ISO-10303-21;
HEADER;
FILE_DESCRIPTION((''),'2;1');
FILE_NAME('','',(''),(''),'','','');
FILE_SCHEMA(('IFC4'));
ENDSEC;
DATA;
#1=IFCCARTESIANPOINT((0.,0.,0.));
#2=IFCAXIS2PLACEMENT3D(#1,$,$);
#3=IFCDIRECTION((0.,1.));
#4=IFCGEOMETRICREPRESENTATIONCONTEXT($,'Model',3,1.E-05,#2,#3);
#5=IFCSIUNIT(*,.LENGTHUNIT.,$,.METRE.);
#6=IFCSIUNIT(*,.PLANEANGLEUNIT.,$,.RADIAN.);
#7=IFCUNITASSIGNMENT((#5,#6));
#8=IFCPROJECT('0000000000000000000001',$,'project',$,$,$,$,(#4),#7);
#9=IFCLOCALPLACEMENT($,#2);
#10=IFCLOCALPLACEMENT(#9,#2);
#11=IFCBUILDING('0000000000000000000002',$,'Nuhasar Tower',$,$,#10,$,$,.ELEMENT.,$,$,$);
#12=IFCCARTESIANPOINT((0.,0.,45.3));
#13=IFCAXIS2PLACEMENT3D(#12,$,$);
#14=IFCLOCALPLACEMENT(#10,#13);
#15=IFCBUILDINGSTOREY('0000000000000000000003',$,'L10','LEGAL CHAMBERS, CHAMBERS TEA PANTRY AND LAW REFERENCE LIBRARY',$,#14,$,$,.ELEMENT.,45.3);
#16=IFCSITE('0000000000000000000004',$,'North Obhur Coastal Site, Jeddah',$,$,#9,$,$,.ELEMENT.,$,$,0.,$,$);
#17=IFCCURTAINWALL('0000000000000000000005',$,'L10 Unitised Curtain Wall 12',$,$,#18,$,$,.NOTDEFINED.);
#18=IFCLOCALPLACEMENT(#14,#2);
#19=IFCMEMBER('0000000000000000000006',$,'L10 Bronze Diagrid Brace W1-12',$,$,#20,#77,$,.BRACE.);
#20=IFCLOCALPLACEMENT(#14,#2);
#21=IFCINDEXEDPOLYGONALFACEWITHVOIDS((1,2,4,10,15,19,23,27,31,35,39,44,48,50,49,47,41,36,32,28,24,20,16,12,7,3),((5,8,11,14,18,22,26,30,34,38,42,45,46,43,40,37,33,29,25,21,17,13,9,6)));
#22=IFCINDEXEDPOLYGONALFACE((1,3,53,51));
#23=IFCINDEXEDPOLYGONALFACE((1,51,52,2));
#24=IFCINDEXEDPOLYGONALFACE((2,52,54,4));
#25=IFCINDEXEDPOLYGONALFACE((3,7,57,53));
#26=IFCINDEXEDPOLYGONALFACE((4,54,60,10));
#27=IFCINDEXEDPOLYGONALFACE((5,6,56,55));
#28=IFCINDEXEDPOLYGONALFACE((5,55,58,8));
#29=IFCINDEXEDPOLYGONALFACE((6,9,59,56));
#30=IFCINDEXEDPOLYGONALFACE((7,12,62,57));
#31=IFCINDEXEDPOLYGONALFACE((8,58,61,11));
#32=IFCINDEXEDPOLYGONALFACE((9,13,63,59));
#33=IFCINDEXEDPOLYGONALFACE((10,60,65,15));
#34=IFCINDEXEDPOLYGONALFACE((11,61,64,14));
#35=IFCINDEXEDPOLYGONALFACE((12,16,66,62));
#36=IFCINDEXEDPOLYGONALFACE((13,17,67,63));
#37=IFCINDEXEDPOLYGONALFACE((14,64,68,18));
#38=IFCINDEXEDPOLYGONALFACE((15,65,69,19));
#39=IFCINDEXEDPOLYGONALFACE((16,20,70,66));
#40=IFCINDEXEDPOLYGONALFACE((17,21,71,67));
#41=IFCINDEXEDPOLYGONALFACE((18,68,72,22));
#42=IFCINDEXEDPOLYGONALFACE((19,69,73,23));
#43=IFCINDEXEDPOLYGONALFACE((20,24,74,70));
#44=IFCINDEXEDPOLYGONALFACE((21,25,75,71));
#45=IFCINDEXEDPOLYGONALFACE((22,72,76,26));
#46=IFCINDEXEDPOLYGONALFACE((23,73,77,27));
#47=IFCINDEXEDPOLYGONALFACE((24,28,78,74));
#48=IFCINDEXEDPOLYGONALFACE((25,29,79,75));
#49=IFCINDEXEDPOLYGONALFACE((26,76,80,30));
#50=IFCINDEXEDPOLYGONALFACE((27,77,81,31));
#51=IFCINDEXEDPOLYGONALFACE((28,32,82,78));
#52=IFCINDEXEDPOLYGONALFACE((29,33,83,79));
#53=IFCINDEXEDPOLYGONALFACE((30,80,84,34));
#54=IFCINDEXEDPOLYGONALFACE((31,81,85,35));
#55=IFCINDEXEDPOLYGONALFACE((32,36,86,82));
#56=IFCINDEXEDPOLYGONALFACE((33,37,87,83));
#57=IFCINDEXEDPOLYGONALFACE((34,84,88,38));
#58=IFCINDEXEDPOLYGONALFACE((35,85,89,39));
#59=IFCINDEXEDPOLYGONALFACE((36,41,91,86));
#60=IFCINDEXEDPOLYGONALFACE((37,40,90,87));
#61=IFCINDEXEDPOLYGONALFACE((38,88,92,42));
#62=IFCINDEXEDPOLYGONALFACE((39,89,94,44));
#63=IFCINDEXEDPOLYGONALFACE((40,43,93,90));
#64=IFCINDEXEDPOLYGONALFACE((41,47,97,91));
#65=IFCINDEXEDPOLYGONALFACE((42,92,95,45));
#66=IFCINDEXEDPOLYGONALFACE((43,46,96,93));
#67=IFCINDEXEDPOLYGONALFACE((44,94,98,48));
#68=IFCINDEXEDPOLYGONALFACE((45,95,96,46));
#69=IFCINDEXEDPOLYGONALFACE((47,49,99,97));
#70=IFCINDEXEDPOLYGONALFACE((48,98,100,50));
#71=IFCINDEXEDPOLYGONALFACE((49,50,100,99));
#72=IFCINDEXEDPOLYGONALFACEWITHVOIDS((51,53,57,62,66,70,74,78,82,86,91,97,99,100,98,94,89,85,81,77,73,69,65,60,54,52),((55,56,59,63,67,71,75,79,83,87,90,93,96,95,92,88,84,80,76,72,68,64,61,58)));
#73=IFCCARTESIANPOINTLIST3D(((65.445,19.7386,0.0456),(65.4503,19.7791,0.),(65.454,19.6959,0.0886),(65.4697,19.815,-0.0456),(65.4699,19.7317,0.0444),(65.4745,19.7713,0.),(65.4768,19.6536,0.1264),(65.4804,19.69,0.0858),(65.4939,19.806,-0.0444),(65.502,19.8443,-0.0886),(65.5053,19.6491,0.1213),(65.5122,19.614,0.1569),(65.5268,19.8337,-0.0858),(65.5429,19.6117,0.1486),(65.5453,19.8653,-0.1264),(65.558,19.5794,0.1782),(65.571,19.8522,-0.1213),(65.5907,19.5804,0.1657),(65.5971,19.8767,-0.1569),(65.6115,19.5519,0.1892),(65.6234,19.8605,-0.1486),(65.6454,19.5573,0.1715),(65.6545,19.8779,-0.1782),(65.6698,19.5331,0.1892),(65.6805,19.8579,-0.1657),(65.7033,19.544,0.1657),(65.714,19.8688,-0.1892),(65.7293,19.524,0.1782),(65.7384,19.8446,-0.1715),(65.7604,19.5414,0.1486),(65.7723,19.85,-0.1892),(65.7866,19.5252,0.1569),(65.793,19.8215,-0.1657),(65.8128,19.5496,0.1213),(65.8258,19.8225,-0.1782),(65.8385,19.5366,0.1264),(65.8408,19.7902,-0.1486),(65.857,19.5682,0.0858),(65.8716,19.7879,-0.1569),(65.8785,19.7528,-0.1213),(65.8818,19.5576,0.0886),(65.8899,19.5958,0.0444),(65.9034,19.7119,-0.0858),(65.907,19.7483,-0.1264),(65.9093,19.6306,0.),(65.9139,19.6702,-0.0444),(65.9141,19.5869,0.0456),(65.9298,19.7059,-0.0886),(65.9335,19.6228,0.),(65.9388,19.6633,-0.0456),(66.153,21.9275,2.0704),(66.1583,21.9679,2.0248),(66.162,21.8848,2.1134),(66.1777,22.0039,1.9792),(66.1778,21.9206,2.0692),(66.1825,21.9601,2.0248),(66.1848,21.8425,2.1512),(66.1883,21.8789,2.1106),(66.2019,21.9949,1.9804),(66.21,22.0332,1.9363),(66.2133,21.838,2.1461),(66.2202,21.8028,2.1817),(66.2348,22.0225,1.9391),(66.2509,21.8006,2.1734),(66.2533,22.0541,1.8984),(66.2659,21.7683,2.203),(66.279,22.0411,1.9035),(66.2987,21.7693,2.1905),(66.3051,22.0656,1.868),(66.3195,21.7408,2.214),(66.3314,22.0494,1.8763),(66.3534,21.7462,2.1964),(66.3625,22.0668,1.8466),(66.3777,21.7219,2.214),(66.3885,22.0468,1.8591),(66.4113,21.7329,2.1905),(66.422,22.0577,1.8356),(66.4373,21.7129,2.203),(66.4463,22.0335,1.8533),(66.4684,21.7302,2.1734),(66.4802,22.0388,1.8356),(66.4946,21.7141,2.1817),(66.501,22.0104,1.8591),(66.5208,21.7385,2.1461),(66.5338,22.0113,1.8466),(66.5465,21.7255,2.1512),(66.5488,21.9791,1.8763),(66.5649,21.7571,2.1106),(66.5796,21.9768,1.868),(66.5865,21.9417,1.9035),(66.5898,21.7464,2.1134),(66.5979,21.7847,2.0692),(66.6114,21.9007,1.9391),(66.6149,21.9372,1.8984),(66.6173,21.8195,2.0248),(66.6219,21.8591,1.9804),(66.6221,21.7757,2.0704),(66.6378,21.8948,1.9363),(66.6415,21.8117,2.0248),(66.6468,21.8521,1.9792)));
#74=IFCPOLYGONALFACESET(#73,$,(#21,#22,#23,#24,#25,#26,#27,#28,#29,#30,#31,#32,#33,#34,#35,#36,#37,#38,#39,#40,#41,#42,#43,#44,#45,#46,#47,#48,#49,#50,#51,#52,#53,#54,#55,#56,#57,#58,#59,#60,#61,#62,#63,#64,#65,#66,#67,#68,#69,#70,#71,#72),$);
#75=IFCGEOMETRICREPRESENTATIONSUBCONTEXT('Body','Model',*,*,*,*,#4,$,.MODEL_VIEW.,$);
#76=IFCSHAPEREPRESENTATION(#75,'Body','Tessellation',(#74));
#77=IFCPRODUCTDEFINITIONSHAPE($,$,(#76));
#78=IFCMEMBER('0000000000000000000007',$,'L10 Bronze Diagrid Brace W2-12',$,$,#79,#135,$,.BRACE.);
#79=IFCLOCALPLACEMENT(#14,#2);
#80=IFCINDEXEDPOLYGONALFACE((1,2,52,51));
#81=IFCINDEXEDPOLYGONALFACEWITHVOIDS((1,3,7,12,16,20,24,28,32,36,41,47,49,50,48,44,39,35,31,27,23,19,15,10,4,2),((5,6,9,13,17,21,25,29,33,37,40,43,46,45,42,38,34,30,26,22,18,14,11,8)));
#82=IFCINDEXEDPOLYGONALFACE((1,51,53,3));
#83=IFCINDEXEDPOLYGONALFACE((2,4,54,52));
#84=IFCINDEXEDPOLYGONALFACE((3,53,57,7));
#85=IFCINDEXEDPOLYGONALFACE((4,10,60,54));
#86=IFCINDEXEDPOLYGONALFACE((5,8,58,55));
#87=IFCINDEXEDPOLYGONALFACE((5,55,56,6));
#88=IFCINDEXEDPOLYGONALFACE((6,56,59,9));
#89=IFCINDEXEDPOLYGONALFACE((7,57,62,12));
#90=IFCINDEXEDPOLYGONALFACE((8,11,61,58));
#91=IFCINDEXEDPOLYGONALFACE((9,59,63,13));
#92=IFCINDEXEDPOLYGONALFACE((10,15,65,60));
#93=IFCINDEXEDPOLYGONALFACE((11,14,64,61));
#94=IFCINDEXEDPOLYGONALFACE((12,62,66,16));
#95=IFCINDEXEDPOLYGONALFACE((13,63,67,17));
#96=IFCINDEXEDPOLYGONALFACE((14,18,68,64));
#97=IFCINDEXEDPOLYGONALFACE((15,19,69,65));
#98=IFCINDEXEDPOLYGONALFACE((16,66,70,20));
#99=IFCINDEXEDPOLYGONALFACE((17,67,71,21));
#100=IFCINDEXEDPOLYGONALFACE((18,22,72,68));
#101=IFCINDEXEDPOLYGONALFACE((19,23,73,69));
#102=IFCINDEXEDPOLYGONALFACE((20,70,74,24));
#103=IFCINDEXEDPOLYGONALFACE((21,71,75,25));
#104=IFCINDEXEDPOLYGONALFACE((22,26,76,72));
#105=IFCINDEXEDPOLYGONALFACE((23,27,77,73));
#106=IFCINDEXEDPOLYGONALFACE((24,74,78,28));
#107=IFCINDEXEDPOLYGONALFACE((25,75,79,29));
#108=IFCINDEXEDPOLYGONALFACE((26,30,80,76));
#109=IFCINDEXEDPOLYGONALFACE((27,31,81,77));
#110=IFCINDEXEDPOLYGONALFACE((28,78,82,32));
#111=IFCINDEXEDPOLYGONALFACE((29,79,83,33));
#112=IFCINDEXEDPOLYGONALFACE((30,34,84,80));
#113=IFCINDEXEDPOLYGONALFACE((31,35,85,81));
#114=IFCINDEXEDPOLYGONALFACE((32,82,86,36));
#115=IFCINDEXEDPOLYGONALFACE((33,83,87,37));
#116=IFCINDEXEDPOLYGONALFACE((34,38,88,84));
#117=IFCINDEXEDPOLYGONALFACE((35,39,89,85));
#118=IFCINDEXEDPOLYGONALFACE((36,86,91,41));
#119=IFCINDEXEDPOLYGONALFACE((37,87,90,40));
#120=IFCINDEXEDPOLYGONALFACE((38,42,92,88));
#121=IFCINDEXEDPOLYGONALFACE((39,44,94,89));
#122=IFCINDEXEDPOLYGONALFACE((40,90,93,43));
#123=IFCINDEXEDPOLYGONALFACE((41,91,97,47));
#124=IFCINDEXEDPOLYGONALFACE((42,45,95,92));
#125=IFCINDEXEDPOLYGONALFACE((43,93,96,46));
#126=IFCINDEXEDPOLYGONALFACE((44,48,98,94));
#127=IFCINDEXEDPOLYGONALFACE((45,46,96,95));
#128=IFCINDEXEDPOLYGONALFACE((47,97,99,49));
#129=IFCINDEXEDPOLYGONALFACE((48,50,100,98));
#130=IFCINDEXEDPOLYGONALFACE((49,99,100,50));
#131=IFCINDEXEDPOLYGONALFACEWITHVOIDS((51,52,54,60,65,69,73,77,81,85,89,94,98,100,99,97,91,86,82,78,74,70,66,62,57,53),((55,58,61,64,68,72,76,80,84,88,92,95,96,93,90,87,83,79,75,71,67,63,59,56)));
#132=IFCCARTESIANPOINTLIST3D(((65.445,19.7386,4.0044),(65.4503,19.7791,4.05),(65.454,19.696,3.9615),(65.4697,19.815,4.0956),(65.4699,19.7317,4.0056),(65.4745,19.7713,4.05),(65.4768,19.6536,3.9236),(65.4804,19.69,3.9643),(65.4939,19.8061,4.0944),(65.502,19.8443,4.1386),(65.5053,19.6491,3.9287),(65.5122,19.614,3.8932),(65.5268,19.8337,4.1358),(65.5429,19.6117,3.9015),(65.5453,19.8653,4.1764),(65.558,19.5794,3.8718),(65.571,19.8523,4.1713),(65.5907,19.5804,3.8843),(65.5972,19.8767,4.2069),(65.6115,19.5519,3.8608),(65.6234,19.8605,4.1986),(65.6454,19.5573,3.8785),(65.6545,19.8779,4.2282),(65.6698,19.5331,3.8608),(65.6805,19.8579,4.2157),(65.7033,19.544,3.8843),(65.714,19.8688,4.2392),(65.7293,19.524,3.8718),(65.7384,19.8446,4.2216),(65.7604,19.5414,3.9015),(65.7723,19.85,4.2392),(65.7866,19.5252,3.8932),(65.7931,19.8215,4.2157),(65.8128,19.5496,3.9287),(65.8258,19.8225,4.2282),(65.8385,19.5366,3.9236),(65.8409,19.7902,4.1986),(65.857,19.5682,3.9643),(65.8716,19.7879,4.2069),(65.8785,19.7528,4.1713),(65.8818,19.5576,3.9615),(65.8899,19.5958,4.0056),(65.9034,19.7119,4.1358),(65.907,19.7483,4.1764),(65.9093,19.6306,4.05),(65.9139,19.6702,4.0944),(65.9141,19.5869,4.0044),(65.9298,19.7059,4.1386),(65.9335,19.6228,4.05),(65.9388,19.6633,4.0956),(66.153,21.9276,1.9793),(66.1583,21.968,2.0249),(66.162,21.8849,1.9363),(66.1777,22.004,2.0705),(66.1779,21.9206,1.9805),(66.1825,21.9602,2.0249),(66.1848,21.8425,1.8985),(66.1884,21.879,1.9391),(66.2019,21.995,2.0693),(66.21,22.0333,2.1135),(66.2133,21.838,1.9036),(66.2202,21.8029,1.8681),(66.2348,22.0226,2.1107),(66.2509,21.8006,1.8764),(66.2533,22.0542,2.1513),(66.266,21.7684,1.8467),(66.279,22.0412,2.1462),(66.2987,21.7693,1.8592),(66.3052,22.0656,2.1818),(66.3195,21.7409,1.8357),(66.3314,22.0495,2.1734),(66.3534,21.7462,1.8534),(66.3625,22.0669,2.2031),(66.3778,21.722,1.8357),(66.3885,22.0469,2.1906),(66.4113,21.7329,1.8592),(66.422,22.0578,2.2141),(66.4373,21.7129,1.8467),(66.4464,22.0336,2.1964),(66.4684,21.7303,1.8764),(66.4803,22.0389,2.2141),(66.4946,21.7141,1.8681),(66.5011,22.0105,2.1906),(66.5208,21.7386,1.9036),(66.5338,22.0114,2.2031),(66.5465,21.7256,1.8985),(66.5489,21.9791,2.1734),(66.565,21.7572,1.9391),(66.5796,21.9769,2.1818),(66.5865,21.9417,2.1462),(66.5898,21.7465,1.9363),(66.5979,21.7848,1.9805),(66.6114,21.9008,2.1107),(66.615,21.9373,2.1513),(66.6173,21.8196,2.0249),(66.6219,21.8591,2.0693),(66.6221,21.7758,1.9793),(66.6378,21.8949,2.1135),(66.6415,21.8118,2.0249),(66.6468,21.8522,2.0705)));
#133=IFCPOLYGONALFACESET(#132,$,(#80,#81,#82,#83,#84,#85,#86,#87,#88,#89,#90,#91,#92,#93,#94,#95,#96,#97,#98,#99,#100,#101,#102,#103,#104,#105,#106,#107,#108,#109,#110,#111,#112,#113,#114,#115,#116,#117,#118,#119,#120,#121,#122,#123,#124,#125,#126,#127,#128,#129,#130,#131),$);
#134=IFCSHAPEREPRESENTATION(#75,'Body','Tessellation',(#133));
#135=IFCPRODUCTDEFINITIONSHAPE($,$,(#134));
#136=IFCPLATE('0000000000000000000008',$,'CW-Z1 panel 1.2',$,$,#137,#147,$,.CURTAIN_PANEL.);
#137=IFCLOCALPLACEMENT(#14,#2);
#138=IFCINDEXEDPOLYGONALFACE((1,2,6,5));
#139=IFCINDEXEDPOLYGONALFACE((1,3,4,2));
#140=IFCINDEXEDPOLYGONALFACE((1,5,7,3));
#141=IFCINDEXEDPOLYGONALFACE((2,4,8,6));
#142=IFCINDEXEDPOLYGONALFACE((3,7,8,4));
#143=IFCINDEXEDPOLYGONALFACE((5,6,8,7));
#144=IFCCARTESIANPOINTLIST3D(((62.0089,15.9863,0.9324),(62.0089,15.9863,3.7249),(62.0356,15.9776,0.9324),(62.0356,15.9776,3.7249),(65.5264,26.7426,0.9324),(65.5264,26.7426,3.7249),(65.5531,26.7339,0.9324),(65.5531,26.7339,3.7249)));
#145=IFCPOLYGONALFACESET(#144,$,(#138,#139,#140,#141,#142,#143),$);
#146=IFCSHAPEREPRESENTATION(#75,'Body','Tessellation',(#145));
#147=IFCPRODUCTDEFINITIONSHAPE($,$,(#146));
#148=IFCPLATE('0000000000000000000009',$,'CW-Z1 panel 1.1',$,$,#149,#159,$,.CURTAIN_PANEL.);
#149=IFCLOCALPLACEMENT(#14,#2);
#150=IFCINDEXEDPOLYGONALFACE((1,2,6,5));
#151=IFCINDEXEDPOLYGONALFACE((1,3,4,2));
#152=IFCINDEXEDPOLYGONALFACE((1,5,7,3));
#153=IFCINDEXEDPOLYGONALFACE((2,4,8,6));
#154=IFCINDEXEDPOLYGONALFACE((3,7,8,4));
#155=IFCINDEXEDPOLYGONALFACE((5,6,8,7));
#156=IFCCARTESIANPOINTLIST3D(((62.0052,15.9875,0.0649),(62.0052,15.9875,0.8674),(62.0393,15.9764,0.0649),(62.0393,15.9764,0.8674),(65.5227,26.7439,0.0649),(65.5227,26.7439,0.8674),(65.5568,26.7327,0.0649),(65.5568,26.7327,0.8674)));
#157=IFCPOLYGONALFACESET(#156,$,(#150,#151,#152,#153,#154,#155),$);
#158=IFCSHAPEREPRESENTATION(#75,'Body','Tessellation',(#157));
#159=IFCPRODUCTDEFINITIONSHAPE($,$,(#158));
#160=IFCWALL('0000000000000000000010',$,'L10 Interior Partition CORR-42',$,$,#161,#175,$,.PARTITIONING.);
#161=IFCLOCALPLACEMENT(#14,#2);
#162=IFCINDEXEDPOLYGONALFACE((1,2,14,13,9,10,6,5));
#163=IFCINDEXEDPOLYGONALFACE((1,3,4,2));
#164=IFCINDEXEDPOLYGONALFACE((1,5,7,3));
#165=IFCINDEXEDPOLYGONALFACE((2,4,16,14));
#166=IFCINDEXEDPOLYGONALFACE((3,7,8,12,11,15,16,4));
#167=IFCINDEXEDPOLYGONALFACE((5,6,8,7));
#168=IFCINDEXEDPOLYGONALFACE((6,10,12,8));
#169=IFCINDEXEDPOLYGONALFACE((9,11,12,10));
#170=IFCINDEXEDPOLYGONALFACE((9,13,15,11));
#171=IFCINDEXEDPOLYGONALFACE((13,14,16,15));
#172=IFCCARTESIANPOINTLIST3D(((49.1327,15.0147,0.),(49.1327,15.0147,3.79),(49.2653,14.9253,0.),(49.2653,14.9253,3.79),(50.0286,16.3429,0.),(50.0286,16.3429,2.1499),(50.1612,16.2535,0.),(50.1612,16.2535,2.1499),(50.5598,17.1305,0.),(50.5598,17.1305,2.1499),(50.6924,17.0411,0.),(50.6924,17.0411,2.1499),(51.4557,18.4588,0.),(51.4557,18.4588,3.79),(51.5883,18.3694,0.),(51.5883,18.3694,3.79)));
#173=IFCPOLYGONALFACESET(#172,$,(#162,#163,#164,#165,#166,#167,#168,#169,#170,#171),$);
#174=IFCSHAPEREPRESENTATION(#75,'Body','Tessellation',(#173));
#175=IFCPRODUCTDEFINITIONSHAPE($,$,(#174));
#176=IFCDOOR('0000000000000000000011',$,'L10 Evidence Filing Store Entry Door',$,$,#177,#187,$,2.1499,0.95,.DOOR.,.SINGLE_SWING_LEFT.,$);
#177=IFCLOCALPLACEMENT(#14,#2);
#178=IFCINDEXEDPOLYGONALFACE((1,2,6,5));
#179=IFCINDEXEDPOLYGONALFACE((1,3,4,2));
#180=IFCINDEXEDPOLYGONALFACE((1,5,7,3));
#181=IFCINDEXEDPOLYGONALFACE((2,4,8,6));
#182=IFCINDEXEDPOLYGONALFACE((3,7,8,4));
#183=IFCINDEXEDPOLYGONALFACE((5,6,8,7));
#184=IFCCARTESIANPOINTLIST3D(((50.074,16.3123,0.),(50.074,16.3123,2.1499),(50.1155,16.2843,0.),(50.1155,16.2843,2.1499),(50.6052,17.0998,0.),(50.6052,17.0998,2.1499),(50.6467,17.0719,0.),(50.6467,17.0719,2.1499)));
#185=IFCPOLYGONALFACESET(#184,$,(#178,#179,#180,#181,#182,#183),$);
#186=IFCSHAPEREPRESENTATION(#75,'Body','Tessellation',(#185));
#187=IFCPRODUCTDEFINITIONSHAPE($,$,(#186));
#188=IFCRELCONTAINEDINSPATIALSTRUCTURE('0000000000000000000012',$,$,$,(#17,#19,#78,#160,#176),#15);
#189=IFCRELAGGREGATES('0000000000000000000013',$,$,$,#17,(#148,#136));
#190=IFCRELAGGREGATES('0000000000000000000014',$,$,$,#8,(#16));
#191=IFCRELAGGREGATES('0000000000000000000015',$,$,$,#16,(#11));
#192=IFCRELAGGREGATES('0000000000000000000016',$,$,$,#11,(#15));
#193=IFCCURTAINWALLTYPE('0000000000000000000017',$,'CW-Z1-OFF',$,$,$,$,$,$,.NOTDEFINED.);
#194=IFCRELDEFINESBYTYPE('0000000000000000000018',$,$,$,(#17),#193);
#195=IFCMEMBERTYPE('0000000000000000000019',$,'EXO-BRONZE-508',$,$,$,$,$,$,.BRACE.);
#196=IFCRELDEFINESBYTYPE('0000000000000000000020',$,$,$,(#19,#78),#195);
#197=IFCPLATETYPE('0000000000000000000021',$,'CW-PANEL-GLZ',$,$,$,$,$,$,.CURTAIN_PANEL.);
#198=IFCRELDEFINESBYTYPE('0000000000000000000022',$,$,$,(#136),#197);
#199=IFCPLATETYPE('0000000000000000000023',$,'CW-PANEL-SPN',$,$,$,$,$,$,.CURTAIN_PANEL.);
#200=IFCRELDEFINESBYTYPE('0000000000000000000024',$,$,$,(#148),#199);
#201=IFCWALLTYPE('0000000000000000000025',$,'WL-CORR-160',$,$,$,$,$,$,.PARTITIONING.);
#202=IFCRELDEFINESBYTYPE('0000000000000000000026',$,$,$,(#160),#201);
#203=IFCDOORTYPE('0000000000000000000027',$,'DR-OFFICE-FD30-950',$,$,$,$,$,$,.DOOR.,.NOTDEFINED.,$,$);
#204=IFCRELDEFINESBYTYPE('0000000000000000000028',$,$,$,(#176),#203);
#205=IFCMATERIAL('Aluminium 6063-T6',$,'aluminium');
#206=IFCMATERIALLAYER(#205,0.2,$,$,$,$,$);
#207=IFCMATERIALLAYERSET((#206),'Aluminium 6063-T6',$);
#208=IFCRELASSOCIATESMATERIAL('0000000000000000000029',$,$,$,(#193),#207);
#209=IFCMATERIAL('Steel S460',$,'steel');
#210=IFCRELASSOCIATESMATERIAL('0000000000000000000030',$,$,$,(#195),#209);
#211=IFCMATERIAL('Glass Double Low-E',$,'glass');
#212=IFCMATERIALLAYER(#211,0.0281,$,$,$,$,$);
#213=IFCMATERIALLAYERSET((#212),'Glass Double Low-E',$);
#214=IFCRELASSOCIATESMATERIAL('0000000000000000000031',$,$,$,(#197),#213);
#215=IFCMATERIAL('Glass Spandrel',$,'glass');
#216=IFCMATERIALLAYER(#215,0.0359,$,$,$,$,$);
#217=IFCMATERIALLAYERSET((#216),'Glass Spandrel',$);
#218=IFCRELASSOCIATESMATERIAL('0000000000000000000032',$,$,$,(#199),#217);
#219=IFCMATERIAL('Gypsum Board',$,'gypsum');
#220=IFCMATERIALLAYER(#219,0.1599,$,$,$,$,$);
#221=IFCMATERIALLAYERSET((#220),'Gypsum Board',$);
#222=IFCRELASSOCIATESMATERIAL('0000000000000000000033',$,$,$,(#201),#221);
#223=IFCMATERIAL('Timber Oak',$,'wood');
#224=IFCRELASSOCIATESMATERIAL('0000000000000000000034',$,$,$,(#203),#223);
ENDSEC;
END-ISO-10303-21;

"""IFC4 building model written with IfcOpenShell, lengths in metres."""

from ifc_helpers import new_model, si_unit, direction, frame, frame_2d, origin, origin_2d, place, context, subcontext, project, spatial, rectangle, hollow_circle, extrude, material, layer, layer_set, material_profile, profile_set, type_object, element, fill, aggregate, save


model = new_model("IFC4")

# Units and contexts
model_context = context("Model", 3, precision=1e-05, world=origin(), true_north=direction((0.0, 1.0)))
body_context = subcontext(model_context, "Body", "Model", "MODEL_VIEW")
ifc_project = project(units=[si_unit("LENGTHUNIT", "METRE"), si_unit("PLANEANGLEUNIT", "RADIAN")], contexts=[model_context])

# Site, building, storey
site_placement = place(None, origin())
site = spatial("IfcSite", under=ifc_project, at=site_placement, Name="North Obhur Coastal Site, Jeddah", CompositionType="ELEMENT", RefElevation=0.0)
building_placement = place(site_placement, origin())
building = spatial("IfcBuilding", under=site, at=building_placement, Name="Nuhasar Tower", CompositionType="ELEMENT")
storey_placement = place(building_placement, frame((0.0, 0.0, 45.3)))
storey = spatial("IfcBuildingStorey", under=building, at=storey_placement, Name="L10", Description="LEGAL CHAMBERS, CHAMBERS TEA PANTRY AND LAW REFERENCE LIBRARY", CompositionType="ELEMENT", Elevation=45.3)

# Curtain wall
ifc_material_1 = material(Name="Aluminium 6063-T6", Category="aluminium")
ifc_layer_1 = layer(ifc_material_1, 0.2)
ifc_layer_set_1 = layer_set([ifc_layer_1], Name="Aluminium 6063-T6")
curtain_wall_type = type_object("IfcCurtainWallType", Name="CW-Z1-OFF", PredefinedType="NOTDEFINED", material=ifc_layer_set_1)
curtain_wall_placement = place(storey_placement, origin())
curtain_wall = element("IfcCurtainWall", 1, at=curtain_wall_placement, inside=storey, type_object=curtain_wall_type, Name="L10 Unitised Curtain Wall 12", PredefinedType="NOTDEFINED")

# Members
ifc_material_2 = material(Name="Steel S460", Category="steel")
ifc_material_profile_1 = material_profile(ifc_material_2, hollow_circle(Radius=0.2539, WallThickness=0.0254, at=origin_2d()), Name="HSS508X25.4")
ifc_profile_set_1 = profile_set([ifc_material_profile_1], Name="Steel S460")
member_type_1 = type_object("IfcMemberType", Name="EXO-BRONZE-508", PredefinedType="BRACE", material=ifc_profile_set_1)
member_1_placement = place(storey_placement, frame((65.6919, 19.7009, 0.0), z_axis=(0.231012, 0.714225, 0.660694), x_axis=(-0.951468, 0.307747, 0.0)))
element("IfcMember", 2, at=member_1_placement, inside=storey, type_object=member_type_1, Name="L10 Bronze Diagrid Brace W1-12", PredefinedType="BRACE", context=body_context, shape_type="SweptSolid", body=[
    extrude(hollow_circle(Radius=0.2539, WallThickness=0.0254, at=origin_2d()), origin(), (0.0, 0.0, 1.0), 3.0647),
])
member_2_placement = place(storey_placement, frame((66.3999, 21.8899, 2.0249), z_axis=(-0.231, -0.714187, 0.660739), x_axis=(0.951468, -0.307747, 0.0)))
element("IfcMember", 3, at=member_2_placement, inside=storey, type_object=member_type_1, Name="L10 Bronze Diagrid Brace W2-12", PredefinedType="BRACE", context=body_context, shape_type="SweptSolid", body=[
    extrude(hollow_circle(Radius=0.2539, WallThickness=0.0254, at=origin_2d()), origin(), (0.0, 0.0, 1.0), 3.0649),
])

# Plates
ifc_material_3 = material(Name="Glass Double Low-E", Category="glass")
ifc_layer_2 = layer(ifc_material_3, 0.0281)
ifc_layer_set_2 = layer_set([ifc_layer_2], Name="Glass Double Low-E")
plate_type_1 = type_object("IfcPlateType", Name="CW-PANEL-GLZ", PredefinedType="CURTAIN_PANEL", material=ifc_layer_set_2)
plate_1_placement = place(storey_placement, frame((63.781, 21.3601, 0.9324), z_axis=(0.0, 0.0, 1.0), x_axis=(0.310824, 0.950468, 0.0)))
plate_1 = element("IfcPlate", 4, at=plate_1_placement, type_object=plate_type_1, Name="CW-Z1 panel 1.2", PredefinedType="CURTAIN_PANEL", context=body_context, shape_type="SweptSolid", body=[
    extrude(rectangle(XDim=11.3169, YDim=0.0281, at=origin_2d()), origin(), (0.0, 0.0, 1.0), 2.7925),
])
ifc_material_4 = material(Name="Glass Spandrel", Category="glass")
ifc_layer_3 = layer(ifc_material_4, 0.0359)
ifc_layer_set_3 = layer_set([ifc_layer_3], Name="Glass Spandrel")
plate_type_2 = type_object("IfcPlateType", Name="CW-PANEL-SPN", PredefinedType="CURTAIN_PANEL", material=ifc_layer_set_3)
plate_2_placement = place(storey_placement, frame((63.781, 21.3601, 0.0649), z_axis=(0.0, 0.0, 1.0), x_axis=(0.310824, 0.950468, 0.0)))
plate_2 = element("IfcPlate", 5, at=plate_2_placement, type_object=plate_type_2, Name="CW-Z1 panel 1.1", PredefinedType="CURTAIN_PANEL", context=body_context, shape_type="SweptSolid", body=[
    extrude(rectangle(XDim=11.3169, YDim=0.0359, at=origin_2d()), origin(), (0.0, 0.0, 1.0), 0.8025),
])
aggregate(curtain_wall, [plate_2, plate_1])

# Wall, opening, door
ifc_material_5 = material(Name="Gypsum Board", Category="gypsum")
ifc_layer_4 = layer(ifc_material_5, 0.1599)
ifc_layer_set_4 = layer_set([ifc_layer_4], Name="Gypsum Board")
wall_type_1 = type_object("IfcWallType", Name="WL-CORR-160", PredefinedType="PARTITIONING", material=ifc_layer_set_4)
wall_1_placement = place(storey_placement, frame((51.522, 18.4141, 0.0), z_axis=(0.0, 0.0, 1.0), x_axis=(-0.559181, -0.829046, 0.0)))
wall_1 = element("IfcWall", 6, at=wall_1_placement, inside=storey, type_object=wall_type_1, Name="L10 Interior Partition CORR-42", PredefinedType="PARTITIONING", context=body_context, shape_type="SweptSolid", body=[
    extrude(rectangle(XDim=4.1543, YDim=0.1599, at=frame_2d((2.0771, 0.0))), origin(), (0.0, 0.0, 1.0), 3.79),
])
opening_1_placement = place(wall_1_placement, frame((1.6021, 0.0, 0.0)))
opening_1 = element("IfcOpeningElement", 7, at=opening_1_placement, cuts=wall_1, PredefinedType="OPENING", context=body_context, shape_type="SweptSolid", body=[
    extrude(rectangle(XDim=0.95, YDim=2.1499, at=frame_2d((0.4751, 1.075))), frame((0.0, 0.0898, 0.0), z_axis=(0.0, -1.0, 0.0), x_axis=(1.0, 0.0, 0.0)), (0.0, 0.0, 1.0), 0.1799),
])
ifc_material_6 = material(Name="Timber Oak", Category="wood")
door_type_1 = type_object("IfcDoorType", Name="DR-OFFICE-FD30-950", OperationType="NOTDEFINED", PredefinedType="DOOR", material=ifc_material_6)
door_1_placement = place(opening_1_placement, origin())
door_1 = element("IfcDoor", 8, at=door_1_placement, inside=storey, type_object=door_type_1, Name="L10 Evidence Filing Store Entry Door", OperationType="SINGLE_SWING_LEFT", OverallHeight=2.1499, OverallWidth=0.95, PredefinedType="DOOR", context=body_context, shape_type="SweptSolid", body=[
    extrude(rectangle(XDim=0.95, YDim=2.1499, at=frame_2d((0.4751, 1.075))), frame((0.0, 0.0249, 0.0), z_axis=(0.0, -1.0, 0.0), x_axis=(1.0, 0.0, 0.0)), (0.0, 0.0, 1.0), 0.05),
])
fill(opening_1, door_1)

save(model, "model.ifc")
